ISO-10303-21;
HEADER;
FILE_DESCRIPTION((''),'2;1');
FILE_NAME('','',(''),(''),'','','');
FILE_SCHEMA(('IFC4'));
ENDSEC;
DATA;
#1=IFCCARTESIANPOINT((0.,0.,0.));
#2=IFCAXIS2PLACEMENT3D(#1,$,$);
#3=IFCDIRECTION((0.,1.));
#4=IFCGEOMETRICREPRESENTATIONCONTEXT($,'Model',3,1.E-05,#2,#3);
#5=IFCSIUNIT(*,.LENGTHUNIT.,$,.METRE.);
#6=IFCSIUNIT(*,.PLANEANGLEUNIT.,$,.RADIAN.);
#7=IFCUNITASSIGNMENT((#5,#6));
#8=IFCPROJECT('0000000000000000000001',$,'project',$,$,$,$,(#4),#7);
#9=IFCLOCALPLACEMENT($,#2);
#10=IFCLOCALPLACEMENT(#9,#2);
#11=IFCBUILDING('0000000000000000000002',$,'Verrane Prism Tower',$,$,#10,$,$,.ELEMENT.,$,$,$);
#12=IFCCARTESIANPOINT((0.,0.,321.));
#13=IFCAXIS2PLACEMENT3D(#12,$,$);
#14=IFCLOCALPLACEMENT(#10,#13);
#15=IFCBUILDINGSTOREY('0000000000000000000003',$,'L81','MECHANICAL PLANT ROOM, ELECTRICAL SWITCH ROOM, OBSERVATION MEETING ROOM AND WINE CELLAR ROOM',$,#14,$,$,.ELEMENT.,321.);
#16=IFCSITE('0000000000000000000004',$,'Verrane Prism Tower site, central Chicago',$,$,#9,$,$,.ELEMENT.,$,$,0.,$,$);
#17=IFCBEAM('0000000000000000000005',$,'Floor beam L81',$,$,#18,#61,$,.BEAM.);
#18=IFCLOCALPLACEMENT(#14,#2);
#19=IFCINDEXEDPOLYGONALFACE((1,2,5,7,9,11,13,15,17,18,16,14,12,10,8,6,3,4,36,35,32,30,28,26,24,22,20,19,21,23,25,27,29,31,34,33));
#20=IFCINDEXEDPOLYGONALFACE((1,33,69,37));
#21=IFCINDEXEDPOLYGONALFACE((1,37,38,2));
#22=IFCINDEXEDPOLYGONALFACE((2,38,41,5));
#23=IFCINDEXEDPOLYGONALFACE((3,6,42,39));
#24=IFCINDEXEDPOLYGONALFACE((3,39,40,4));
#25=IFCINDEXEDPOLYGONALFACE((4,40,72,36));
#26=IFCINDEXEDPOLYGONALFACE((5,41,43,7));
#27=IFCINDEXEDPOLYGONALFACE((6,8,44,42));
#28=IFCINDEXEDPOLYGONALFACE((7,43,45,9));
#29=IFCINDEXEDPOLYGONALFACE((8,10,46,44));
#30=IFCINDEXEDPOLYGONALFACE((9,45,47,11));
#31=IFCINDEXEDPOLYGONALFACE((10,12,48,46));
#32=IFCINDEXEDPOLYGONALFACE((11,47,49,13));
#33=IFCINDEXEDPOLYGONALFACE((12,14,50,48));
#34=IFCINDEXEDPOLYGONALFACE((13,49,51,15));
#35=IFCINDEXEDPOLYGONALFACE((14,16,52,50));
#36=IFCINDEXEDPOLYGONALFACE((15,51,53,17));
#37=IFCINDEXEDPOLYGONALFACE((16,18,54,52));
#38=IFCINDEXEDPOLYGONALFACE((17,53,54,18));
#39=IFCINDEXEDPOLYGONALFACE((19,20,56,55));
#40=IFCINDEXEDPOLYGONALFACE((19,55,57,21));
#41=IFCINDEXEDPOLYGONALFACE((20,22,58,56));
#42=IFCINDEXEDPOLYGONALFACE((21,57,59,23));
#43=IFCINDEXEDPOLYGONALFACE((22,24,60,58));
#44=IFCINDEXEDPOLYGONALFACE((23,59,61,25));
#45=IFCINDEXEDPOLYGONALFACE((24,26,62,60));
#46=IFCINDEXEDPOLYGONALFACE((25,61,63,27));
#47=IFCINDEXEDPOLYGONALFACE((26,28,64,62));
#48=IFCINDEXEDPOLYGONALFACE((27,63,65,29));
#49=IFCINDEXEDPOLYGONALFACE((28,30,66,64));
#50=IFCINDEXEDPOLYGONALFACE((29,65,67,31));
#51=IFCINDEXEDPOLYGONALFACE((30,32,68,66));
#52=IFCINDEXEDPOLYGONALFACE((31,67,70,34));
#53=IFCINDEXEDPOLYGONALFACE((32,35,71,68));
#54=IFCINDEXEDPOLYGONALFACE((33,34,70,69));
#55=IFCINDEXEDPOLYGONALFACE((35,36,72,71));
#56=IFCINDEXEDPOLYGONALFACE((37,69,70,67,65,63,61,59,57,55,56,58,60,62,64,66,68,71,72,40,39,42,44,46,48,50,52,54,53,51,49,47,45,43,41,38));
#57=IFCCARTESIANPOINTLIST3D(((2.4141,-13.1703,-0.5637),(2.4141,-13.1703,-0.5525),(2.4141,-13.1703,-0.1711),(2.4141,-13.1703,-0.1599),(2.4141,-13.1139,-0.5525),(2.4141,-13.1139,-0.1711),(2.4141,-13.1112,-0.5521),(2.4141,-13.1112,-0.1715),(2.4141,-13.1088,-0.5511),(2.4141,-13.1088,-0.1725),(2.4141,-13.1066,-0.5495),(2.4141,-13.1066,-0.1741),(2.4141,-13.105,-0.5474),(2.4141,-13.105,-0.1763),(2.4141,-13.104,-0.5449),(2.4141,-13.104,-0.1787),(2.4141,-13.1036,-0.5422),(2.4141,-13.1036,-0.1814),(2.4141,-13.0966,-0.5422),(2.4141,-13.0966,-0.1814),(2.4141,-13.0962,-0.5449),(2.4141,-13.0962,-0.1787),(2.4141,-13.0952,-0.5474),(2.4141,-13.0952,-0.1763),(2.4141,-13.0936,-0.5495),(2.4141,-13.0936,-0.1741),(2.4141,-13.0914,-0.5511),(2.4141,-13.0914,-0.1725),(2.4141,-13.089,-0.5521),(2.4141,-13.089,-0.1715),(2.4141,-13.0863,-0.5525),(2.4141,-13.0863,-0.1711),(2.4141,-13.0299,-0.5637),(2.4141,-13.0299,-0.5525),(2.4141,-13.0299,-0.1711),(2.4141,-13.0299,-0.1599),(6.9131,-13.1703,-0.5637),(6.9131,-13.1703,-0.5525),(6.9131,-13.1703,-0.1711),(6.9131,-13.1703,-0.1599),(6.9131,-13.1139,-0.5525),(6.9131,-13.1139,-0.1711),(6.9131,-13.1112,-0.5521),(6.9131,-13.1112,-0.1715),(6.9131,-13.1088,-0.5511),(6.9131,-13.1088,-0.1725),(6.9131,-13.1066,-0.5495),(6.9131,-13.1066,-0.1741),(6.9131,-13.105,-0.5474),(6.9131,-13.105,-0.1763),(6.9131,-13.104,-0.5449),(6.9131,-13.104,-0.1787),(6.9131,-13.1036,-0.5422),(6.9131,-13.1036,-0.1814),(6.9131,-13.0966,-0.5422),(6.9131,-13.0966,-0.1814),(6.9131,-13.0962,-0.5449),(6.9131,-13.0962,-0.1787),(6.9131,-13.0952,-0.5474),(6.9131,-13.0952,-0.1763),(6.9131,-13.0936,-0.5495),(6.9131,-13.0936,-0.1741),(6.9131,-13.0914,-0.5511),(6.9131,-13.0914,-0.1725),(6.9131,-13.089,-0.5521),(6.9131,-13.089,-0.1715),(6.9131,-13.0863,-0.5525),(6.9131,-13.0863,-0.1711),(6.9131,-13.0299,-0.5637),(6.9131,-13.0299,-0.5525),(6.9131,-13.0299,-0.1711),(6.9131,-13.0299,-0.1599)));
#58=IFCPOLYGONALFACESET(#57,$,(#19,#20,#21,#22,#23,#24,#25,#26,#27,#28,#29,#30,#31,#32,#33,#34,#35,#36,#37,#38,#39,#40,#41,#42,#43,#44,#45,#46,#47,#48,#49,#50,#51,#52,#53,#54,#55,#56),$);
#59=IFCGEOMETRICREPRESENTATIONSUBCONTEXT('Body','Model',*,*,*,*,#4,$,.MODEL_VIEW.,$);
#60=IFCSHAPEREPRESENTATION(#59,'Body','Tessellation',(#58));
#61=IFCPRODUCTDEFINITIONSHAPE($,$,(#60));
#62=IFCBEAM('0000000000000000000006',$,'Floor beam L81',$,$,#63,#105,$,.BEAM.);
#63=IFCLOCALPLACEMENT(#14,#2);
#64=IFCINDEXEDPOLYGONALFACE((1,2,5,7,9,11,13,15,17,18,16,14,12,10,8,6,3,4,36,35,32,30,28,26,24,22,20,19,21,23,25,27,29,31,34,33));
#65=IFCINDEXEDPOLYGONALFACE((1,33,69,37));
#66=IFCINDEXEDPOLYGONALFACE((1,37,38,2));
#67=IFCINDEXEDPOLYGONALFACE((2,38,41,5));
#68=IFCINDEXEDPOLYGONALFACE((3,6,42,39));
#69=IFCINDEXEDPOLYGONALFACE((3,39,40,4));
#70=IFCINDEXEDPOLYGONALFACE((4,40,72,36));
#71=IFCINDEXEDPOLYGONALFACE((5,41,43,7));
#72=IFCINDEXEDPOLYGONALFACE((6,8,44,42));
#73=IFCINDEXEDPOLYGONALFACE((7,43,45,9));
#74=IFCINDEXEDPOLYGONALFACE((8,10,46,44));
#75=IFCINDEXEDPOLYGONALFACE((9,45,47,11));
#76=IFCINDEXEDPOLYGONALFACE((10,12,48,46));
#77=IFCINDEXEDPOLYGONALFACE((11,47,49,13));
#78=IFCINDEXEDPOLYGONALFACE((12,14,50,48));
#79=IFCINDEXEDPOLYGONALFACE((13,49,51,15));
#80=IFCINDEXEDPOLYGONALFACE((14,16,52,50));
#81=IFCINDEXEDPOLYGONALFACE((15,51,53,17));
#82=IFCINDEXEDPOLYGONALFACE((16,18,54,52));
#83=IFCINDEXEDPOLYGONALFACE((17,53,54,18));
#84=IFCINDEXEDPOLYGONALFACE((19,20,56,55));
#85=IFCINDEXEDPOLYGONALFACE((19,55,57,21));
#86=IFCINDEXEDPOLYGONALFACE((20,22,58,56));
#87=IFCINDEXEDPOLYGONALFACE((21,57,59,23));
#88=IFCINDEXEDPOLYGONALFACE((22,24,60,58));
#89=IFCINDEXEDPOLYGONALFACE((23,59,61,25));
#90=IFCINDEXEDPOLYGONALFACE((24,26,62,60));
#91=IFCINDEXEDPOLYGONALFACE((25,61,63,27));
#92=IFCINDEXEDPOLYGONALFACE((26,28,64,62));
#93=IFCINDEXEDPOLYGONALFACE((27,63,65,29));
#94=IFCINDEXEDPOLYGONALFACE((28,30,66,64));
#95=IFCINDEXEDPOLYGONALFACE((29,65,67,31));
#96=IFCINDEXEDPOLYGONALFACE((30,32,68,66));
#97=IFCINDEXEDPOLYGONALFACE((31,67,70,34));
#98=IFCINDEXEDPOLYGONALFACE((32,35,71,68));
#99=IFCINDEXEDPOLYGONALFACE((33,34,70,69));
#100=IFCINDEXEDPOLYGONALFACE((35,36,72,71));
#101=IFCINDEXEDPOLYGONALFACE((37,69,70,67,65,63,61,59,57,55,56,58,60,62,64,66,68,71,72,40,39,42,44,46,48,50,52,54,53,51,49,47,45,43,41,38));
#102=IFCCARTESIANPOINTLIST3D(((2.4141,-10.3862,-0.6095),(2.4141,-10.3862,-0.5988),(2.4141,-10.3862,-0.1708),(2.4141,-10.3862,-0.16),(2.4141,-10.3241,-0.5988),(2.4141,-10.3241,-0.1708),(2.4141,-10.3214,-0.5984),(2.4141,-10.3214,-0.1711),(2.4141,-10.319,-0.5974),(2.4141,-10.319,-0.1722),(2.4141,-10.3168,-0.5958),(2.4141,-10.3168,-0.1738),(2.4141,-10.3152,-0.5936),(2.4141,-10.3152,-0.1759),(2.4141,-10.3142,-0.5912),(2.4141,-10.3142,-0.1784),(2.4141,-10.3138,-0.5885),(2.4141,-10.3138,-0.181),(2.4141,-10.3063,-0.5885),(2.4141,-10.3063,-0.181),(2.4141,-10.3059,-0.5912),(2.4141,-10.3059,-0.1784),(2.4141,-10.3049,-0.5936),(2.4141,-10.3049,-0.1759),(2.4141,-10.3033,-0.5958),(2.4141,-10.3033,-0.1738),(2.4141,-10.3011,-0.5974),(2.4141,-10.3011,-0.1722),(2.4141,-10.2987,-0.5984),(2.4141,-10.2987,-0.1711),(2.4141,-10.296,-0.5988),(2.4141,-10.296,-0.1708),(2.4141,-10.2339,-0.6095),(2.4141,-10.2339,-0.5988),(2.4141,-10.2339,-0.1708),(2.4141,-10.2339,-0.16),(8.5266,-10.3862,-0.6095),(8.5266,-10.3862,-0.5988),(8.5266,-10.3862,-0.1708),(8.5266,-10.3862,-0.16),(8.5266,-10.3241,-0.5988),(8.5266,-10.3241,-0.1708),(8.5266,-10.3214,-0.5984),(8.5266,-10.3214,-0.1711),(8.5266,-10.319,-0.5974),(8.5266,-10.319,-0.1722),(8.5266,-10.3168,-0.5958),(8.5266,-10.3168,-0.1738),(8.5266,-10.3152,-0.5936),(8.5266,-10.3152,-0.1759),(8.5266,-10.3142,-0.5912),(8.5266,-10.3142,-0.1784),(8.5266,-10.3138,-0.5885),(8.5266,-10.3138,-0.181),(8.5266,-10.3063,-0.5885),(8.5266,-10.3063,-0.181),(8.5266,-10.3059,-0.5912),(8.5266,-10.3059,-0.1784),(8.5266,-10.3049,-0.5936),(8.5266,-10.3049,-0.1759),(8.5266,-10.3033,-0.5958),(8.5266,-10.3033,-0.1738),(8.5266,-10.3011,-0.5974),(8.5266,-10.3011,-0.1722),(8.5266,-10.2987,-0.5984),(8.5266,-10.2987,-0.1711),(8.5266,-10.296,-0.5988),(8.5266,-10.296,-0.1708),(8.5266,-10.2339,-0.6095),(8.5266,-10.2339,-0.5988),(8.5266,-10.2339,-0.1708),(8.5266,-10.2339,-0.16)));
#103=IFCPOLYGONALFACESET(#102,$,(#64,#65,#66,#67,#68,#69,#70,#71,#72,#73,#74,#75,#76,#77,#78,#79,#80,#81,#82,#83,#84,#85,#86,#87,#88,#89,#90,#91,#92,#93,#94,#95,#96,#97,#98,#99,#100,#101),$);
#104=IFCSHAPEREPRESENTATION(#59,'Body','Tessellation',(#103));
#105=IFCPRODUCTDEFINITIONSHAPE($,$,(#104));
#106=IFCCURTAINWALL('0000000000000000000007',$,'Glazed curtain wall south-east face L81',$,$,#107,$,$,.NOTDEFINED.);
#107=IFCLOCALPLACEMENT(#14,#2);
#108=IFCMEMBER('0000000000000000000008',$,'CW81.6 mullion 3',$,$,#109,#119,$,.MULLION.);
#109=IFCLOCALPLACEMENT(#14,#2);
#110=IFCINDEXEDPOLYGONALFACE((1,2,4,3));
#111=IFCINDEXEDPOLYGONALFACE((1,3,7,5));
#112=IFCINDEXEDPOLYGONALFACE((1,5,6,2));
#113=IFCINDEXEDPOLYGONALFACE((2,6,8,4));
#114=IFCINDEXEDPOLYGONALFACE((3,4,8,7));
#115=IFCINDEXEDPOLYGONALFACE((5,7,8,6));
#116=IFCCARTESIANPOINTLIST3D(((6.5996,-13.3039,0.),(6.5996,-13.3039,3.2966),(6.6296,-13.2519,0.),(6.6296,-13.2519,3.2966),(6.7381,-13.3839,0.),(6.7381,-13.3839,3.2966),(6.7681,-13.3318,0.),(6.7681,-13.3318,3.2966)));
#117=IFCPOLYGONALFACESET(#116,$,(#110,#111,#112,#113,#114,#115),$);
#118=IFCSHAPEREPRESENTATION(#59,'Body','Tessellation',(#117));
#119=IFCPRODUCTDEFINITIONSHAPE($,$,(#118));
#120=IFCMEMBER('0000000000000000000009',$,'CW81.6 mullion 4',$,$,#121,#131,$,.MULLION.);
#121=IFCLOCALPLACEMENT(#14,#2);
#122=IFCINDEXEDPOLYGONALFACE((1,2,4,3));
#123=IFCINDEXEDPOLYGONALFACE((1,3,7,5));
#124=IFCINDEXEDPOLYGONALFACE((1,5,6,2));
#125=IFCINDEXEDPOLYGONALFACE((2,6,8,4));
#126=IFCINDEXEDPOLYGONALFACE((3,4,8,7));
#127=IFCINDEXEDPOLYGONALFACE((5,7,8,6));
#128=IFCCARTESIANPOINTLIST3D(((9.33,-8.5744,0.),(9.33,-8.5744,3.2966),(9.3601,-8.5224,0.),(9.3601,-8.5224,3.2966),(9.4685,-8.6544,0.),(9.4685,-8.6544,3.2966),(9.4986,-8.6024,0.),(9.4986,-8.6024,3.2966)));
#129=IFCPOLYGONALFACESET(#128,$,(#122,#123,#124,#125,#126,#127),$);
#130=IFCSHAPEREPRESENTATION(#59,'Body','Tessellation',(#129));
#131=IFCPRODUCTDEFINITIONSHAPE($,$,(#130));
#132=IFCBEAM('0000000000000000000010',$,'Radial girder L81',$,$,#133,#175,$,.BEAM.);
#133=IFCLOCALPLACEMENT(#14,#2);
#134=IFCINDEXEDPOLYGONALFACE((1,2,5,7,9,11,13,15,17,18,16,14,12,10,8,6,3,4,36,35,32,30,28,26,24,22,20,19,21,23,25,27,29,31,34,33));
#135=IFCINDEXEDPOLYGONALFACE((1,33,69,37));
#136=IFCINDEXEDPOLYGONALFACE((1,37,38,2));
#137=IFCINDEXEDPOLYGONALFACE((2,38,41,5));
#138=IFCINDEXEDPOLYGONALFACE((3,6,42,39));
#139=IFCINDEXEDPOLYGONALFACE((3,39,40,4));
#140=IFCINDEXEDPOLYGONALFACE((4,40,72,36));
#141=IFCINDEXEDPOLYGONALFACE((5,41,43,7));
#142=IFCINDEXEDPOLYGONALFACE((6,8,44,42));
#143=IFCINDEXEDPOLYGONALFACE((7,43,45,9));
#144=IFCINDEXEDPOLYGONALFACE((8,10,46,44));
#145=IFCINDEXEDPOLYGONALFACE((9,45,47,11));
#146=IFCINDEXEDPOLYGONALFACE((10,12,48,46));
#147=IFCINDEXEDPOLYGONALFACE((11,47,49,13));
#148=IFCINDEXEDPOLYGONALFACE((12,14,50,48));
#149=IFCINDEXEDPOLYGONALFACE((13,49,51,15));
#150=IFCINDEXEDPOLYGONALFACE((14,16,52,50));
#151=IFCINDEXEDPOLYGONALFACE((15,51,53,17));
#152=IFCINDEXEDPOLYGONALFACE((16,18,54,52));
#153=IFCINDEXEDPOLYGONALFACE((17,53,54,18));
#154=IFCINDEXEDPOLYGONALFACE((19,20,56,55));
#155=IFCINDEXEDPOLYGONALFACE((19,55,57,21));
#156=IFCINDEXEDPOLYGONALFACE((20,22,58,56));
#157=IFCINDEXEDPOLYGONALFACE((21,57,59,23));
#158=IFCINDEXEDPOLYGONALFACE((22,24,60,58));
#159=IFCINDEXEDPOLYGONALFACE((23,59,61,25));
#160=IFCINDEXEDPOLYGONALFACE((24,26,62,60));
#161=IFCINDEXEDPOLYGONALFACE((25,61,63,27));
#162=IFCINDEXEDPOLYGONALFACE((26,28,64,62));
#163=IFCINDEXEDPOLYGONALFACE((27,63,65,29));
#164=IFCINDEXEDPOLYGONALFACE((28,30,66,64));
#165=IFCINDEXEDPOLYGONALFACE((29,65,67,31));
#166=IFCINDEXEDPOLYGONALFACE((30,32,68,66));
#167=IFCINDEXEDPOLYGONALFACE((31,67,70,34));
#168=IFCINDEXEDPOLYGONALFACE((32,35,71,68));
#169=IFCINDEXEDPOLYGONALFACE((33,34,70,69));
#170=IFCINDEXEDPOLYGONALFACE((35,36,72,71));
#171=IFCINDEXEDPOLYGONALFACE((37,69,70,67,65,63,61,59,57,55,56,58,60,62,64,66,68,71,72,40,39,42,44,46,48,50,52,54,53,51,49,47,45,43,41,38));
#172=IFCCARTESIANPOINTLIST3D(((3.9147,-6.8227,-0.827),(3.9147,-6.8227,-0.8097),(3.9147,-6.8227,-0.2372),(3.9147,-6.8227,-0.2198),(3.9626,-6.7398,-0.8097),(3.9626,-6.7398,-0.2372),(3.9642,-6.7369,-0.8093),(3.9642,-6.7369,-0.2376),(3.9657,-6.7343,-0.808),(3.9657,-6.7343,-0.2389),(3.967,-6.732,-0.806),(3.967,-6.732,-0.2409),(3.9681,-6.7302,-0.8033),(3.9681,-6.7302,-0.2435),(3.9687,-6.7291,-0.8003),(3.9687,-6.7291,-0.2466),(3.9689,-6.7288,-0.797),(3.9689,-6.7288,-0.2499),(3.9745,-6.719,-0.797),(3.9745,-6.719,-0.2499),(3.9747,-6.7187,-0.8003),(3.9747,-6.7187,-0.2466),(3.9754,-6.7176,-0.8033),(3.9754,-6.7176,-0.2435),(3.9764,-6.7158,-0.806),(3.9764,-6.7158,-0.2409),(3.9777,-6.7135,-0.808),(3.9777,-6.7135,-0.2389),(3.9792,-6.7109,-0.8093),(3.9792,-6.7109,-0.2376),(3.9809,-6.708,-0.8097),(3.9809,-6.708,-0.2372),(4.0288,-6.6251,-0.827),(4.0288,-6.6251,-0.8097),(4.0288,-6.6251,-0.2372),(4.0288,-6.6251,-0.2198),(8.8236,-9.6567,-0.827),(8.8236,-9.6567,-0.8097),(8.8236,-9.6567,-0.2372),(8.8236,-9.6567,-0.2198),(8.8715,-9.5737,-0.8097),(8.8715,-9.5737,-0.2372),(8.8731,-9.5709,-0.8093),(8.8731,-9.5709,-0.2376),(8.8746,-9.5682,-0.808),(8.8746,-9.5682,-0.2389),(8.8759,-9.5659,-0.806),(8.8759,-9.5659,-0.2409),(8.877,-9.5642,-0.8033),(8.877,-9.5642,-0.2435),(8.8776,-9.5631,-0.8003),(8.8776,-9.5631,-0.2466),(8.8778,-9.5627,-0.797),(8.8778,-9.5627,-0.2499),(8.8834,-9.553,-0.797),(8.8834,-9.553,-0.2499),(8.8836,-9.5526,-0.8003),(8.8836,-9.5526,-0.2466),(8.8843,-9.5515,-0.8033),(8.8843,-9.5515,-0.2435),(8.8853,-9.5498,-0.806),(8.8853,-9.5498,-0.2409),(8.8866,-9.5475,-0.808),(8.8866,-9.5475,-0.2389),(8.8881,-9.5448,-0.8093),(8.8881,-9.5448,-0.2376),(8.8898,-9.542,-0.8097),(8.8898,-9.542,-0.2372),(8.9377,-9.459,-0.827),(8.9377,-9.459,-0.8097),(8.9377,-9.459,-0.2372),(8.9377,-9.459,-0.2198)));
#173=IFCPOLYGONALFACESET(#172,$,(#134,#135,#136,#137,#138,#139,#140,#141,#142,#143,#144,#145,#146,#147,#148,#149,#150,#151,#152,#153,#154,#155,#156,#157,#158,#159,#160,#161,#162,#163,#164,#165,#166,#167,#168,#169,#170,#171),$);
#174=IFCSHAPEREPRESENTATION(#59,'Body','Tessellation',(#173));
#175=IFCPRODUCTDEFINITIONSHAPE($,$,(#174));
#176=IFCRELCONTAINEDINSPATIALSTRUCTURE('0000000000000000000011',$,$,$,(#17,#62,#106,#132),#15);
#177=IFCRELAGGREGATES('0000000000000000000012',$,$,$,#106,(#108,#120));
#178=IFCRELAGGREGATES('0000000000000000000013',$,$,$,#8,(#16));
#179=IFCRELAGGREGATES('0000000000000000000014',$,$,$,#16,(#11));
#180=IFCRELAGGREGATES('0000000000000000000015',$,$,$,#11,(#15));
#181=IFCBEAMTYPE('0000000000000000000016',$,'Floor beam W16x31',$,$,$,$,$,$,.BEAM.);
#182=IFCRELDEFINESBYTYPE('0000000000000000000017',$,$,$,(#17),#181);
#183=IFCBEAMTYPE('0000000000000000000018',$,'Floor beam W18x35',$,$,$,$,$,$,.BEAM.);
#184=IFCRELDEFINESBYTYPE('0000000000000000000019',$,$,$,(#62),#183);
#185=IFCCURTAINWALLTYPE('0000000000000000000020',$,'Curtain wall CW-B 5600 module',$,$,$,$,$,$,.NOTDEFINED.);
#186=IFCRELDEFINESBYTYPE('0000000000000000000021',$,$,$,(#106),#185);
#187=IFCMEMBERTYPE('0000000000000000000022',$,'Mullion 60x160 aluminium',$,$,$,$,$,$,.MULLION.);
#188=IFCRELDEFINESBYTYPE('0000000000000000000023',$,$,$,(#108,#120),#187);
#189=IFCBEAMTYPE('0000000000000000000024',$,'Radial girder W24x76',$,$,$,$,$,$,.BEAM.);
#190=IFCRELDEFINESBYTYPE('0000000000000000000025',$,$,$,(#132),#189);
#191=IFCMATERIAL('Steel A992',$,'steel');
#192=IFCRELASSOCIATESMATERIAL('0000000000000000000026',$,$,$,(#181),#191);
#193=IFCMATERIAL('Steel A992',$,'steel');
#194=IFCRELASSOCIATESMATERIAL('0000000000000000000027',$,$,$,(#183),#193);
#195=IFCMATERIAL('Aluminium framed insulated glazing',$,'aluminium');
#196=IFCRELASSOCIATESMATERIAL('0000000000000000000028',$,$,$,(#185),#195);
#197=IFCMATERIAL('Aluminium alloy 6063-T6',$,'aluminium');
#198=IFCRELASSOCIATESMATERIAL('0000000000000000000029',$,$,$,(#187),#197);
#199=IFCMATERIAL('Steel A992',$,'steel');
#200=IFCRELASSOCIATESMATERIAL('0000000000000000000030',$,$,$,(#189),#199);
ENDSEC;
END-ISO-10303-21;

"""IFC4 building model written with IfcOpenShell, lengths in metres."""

from ifc_helpers import new_model, si_unit, direction, frame, origin, origin_2d, place, context, subcontext, project, spatial, rectangle, i_section, extrude, material, material_profile, profile_set, type_object, element, aggregate, save


model = new_model("IFC4")

# Units and contexts
model_context = context("Model", 3, precision=1e-05, world=origin(), true_north=direction((0.0, 1.0)))
body_context = subcontext(model_context, "Body", "Model", "MODEL_VIEW")
ifc_project = project(units=[si_unit("LENGTHUNIT", "METRE"), si_unit("PLANEANGLEUNIT", "RADIAN")], contexts=[model_context])

# Site, building, storey
site_placement = place(None, origin())
site = spatial("IfcSite", under=ifc_project, at=site_placement, Name="Verrane Prism Tower site, central Chicago", CompositionType="ELEMENT", RefElevation=0.0)
building_placement = place(site_placement, origin())
building = spatial("IfcBuilding", under=site, at=building_placement, Name="Verrane Prism Tower", CompositionType="ELEMENT")
storey_placement = place(building_placement, frame((0.0, 0.0, 321.0)))
storey = spatial("IfcBuildingStorey", under=building, at=storey_placement, Name="L81", Description="MECHANICAL PLANT ROOM, ELECTRICAL SWITCH ROOM, OBSERVATION MEETING ROOM AND WINE CELLAR ROOM", CompositionType="ELEMENT", Elevation=321.0)

# Beams
ifc_material_1 = material(Name="Steel A992", Category="steel")
ifc_material_profile_1 = material_profile(ifc_material_1, i_section(OverallWidth=0.1404, OverallDepth=0.4038, WebThickness=0.0071, FlangeThickness=0.0112, FilletRadius=0.0103, at=origin_2d()), Name="W16x31")
ifc_profile_set_1 = profile_set([ifc_material_profile_1], Name="Steel A992")
beam_type_1 = type_object("IfcBeamType", Name="Floor beam W16x31", PredefinedType="BEAM", material=ifc_profile_set_1)
beam_1_placement = place(storey_placement, frame((2.4141, -13.1001, -0.3618), z_axis=(1.0, 0.0, 0.0), x_axis=(0.0, 1.0, 0.0)))
element("IfcBeam", 1, at=beam_1_placement, inside=storey, type_object=beam_type_1, Name="Floor beam L81", PredefinedType="BEAM", context=body_context, shape_type="SweptSolid", body=[
    extrude(i_section(OverallWidth=0.1404, OverallDepth=0.4038, WebThickness=0.0071, FlangeThickness=0.0112, FilletRadius=0.0103, at=origin_2d()), origin(), (0.0, 0.0, 1.0), 4.499),
])
ifc_material_2 = material(Name="Steel A992", Category="steel")
ifc_material_profile_2 = material_profile(ifc_material_2, i_section(OverallWidth=0.1523, OverallDepth=0.4495, WebThickness=0.0076, FlangeThickness=0.0107, FilletRadius=0.0103, at=origin_2d()), Name="W18x35")
ifc_profile_set_2 = profile_set([ifc_material_profile_2], Name="Steel A992")
beam_type_2 = type_object("IfcBeamType", Name="Floor beam W18x35", PredefinedType="BEAM", material=ifc_profile_set_2)
beam_2_placement = place(storey_placement, frame((2.4141, -10.3101, -0.3848), z_axis=(1.0, 0.0, 0.0), x_axis=(0.0, 1.0, 0.0)))
element("IfcBeam", 2, at=beam_2_placement, inside=storey, type_object=beam_type_2, Name="Floor beam L81", PredefinedType="BEAM", context=body_context, shape_type="SweptSolid", body=[
    extrude(i_section(OverallWidth=0.1523, OverallDepth=0.4495, WebThickness=0.0076, FlangeThickness=0.0107, FilletRadius=0.0103, at=origin_2d()), origin(), (0.0, 0.0, 1.0), 6.1125),
])

# Curtain wall, members
ifc_material_3 = material(Name="Aluminium framed insulated glazing", Category="aluminium")
curtain_wall_type = type_object("IfcCurtainWallType", Name="Curtain wall CW-B 5600 module", PredefinedType="NOTDEFINED", material=ifc_material_3)
curtain_wall_placement = place(storey_placement, origin())
curtain_wall = element("IfcCurtainWall", 3, at=curtain_wall_placement, inside=storey, type_object=curtain_wall_type, Name="Glazed curtain wall south-east face L81", PredefinedType="NOTDEFINED")
ifc_material_4 = material(Name="Aluminium alloy 6063-T6", Category="aluminium")
ifc_material_profile_3 = material_profile(ifc_material_4, rectangle(XDim=0.1599, YDim=0.0601, at=origin_2d()), Name="Mullion 60x160 aluminium")
ifc_profile_set_3 = profile_set([ifc_material_profile_3], Name="Aluminium alloy 6063-T6")
member_type_1 = type_object("IfcMemberType", Name="Mullion 60x160 aluminium", PredefinedType="MULLION", material=ifc_profile_set_3)
member_1_placement = place(storey_placement, frame((6.6838, -13.3179, 0.0), z_axis=(0.0, 0.0, 1.0), x_axis=(-0.866025, 0.5, 0.0)))
member_1 = element("IfcMember", 4, at=member_1_placement, type_object=member_type_1, Name="CW81.6 mullion 3", PredefinedType="MULLION", context=body_context, shape_type="SweptSolid", body=[
    extrude(rectangle(XDim=0.1599, YDim=0.0601, at=origin_2d()), origin(), (0.0, 0.0, 1.0), 3.2966),
])
member_2_placement = place(storey_placement, frame((9.4143, -8.5884, 0.0), z_axis=(0.0, 0.0, 1.0), x_axis=(-0.866025, 0.5, 0.0)))
member_2 = element("IfcMember", 5, at=member_2_placement, type_object=member_type_1, Name="CW81.6 mullion 4", PredefinedType="MULLION", context=body_context, shape_type="SweptSolid", body=[
    extrude(rectangle(XDim=0.1599, YDim=0.0601, at=origin_2d()), origin(), (0.0, 0.0, 1.0), 3.2966),
])

# Beam
ifc_material_5 = material(Name="Steel A992", Category="steel")
ifc_material_profile_4 = material_profile(ifc_material_5, i_section(OverallWidth=0.2283, OverallDepth=0.6072, WebThickness=0.0112, FlangeThickness=0.0173, FilletRadius=0.0127, at=origin_2d()), Name="W24x76")
ifc_profile_set_4 = profile_set([ifc_material_profile_4], Name="Steel A992")
beam_type_3 = type_object("IfcBeamType", Name="Radial girder W24x76", PredefinedType="BEAM", material=ifc_profile_set_4)
beam_3_placement = place(storey_placement, frame((8.8806, -9.5579, -0.5234), z_axis=(-0.86604, 0.499975, 0.0), x_axis=(-0.499975, -0.86604, 0.0)))
element("IfcBeam", 6, at=beam_3_placement, inside=storey, type_object=beam_type_3, Name="Radial girder L81", PredefinedType="BEAM", context=body_context, shape_type="SweptSolid", body=[
    extrude(i_section(OverallWidth=0.2283, OverallDepth=0.6072, WebThickness=0.0112, FlangeThickness=0.0173, FilletRadius=0.0127, at=origin_2d()), origin(), (0.0, 0.0, 1.0), 5.6682),
])

aggregate(curtain_wall, [member_1, member_2])

save(model, "model.ifc")
